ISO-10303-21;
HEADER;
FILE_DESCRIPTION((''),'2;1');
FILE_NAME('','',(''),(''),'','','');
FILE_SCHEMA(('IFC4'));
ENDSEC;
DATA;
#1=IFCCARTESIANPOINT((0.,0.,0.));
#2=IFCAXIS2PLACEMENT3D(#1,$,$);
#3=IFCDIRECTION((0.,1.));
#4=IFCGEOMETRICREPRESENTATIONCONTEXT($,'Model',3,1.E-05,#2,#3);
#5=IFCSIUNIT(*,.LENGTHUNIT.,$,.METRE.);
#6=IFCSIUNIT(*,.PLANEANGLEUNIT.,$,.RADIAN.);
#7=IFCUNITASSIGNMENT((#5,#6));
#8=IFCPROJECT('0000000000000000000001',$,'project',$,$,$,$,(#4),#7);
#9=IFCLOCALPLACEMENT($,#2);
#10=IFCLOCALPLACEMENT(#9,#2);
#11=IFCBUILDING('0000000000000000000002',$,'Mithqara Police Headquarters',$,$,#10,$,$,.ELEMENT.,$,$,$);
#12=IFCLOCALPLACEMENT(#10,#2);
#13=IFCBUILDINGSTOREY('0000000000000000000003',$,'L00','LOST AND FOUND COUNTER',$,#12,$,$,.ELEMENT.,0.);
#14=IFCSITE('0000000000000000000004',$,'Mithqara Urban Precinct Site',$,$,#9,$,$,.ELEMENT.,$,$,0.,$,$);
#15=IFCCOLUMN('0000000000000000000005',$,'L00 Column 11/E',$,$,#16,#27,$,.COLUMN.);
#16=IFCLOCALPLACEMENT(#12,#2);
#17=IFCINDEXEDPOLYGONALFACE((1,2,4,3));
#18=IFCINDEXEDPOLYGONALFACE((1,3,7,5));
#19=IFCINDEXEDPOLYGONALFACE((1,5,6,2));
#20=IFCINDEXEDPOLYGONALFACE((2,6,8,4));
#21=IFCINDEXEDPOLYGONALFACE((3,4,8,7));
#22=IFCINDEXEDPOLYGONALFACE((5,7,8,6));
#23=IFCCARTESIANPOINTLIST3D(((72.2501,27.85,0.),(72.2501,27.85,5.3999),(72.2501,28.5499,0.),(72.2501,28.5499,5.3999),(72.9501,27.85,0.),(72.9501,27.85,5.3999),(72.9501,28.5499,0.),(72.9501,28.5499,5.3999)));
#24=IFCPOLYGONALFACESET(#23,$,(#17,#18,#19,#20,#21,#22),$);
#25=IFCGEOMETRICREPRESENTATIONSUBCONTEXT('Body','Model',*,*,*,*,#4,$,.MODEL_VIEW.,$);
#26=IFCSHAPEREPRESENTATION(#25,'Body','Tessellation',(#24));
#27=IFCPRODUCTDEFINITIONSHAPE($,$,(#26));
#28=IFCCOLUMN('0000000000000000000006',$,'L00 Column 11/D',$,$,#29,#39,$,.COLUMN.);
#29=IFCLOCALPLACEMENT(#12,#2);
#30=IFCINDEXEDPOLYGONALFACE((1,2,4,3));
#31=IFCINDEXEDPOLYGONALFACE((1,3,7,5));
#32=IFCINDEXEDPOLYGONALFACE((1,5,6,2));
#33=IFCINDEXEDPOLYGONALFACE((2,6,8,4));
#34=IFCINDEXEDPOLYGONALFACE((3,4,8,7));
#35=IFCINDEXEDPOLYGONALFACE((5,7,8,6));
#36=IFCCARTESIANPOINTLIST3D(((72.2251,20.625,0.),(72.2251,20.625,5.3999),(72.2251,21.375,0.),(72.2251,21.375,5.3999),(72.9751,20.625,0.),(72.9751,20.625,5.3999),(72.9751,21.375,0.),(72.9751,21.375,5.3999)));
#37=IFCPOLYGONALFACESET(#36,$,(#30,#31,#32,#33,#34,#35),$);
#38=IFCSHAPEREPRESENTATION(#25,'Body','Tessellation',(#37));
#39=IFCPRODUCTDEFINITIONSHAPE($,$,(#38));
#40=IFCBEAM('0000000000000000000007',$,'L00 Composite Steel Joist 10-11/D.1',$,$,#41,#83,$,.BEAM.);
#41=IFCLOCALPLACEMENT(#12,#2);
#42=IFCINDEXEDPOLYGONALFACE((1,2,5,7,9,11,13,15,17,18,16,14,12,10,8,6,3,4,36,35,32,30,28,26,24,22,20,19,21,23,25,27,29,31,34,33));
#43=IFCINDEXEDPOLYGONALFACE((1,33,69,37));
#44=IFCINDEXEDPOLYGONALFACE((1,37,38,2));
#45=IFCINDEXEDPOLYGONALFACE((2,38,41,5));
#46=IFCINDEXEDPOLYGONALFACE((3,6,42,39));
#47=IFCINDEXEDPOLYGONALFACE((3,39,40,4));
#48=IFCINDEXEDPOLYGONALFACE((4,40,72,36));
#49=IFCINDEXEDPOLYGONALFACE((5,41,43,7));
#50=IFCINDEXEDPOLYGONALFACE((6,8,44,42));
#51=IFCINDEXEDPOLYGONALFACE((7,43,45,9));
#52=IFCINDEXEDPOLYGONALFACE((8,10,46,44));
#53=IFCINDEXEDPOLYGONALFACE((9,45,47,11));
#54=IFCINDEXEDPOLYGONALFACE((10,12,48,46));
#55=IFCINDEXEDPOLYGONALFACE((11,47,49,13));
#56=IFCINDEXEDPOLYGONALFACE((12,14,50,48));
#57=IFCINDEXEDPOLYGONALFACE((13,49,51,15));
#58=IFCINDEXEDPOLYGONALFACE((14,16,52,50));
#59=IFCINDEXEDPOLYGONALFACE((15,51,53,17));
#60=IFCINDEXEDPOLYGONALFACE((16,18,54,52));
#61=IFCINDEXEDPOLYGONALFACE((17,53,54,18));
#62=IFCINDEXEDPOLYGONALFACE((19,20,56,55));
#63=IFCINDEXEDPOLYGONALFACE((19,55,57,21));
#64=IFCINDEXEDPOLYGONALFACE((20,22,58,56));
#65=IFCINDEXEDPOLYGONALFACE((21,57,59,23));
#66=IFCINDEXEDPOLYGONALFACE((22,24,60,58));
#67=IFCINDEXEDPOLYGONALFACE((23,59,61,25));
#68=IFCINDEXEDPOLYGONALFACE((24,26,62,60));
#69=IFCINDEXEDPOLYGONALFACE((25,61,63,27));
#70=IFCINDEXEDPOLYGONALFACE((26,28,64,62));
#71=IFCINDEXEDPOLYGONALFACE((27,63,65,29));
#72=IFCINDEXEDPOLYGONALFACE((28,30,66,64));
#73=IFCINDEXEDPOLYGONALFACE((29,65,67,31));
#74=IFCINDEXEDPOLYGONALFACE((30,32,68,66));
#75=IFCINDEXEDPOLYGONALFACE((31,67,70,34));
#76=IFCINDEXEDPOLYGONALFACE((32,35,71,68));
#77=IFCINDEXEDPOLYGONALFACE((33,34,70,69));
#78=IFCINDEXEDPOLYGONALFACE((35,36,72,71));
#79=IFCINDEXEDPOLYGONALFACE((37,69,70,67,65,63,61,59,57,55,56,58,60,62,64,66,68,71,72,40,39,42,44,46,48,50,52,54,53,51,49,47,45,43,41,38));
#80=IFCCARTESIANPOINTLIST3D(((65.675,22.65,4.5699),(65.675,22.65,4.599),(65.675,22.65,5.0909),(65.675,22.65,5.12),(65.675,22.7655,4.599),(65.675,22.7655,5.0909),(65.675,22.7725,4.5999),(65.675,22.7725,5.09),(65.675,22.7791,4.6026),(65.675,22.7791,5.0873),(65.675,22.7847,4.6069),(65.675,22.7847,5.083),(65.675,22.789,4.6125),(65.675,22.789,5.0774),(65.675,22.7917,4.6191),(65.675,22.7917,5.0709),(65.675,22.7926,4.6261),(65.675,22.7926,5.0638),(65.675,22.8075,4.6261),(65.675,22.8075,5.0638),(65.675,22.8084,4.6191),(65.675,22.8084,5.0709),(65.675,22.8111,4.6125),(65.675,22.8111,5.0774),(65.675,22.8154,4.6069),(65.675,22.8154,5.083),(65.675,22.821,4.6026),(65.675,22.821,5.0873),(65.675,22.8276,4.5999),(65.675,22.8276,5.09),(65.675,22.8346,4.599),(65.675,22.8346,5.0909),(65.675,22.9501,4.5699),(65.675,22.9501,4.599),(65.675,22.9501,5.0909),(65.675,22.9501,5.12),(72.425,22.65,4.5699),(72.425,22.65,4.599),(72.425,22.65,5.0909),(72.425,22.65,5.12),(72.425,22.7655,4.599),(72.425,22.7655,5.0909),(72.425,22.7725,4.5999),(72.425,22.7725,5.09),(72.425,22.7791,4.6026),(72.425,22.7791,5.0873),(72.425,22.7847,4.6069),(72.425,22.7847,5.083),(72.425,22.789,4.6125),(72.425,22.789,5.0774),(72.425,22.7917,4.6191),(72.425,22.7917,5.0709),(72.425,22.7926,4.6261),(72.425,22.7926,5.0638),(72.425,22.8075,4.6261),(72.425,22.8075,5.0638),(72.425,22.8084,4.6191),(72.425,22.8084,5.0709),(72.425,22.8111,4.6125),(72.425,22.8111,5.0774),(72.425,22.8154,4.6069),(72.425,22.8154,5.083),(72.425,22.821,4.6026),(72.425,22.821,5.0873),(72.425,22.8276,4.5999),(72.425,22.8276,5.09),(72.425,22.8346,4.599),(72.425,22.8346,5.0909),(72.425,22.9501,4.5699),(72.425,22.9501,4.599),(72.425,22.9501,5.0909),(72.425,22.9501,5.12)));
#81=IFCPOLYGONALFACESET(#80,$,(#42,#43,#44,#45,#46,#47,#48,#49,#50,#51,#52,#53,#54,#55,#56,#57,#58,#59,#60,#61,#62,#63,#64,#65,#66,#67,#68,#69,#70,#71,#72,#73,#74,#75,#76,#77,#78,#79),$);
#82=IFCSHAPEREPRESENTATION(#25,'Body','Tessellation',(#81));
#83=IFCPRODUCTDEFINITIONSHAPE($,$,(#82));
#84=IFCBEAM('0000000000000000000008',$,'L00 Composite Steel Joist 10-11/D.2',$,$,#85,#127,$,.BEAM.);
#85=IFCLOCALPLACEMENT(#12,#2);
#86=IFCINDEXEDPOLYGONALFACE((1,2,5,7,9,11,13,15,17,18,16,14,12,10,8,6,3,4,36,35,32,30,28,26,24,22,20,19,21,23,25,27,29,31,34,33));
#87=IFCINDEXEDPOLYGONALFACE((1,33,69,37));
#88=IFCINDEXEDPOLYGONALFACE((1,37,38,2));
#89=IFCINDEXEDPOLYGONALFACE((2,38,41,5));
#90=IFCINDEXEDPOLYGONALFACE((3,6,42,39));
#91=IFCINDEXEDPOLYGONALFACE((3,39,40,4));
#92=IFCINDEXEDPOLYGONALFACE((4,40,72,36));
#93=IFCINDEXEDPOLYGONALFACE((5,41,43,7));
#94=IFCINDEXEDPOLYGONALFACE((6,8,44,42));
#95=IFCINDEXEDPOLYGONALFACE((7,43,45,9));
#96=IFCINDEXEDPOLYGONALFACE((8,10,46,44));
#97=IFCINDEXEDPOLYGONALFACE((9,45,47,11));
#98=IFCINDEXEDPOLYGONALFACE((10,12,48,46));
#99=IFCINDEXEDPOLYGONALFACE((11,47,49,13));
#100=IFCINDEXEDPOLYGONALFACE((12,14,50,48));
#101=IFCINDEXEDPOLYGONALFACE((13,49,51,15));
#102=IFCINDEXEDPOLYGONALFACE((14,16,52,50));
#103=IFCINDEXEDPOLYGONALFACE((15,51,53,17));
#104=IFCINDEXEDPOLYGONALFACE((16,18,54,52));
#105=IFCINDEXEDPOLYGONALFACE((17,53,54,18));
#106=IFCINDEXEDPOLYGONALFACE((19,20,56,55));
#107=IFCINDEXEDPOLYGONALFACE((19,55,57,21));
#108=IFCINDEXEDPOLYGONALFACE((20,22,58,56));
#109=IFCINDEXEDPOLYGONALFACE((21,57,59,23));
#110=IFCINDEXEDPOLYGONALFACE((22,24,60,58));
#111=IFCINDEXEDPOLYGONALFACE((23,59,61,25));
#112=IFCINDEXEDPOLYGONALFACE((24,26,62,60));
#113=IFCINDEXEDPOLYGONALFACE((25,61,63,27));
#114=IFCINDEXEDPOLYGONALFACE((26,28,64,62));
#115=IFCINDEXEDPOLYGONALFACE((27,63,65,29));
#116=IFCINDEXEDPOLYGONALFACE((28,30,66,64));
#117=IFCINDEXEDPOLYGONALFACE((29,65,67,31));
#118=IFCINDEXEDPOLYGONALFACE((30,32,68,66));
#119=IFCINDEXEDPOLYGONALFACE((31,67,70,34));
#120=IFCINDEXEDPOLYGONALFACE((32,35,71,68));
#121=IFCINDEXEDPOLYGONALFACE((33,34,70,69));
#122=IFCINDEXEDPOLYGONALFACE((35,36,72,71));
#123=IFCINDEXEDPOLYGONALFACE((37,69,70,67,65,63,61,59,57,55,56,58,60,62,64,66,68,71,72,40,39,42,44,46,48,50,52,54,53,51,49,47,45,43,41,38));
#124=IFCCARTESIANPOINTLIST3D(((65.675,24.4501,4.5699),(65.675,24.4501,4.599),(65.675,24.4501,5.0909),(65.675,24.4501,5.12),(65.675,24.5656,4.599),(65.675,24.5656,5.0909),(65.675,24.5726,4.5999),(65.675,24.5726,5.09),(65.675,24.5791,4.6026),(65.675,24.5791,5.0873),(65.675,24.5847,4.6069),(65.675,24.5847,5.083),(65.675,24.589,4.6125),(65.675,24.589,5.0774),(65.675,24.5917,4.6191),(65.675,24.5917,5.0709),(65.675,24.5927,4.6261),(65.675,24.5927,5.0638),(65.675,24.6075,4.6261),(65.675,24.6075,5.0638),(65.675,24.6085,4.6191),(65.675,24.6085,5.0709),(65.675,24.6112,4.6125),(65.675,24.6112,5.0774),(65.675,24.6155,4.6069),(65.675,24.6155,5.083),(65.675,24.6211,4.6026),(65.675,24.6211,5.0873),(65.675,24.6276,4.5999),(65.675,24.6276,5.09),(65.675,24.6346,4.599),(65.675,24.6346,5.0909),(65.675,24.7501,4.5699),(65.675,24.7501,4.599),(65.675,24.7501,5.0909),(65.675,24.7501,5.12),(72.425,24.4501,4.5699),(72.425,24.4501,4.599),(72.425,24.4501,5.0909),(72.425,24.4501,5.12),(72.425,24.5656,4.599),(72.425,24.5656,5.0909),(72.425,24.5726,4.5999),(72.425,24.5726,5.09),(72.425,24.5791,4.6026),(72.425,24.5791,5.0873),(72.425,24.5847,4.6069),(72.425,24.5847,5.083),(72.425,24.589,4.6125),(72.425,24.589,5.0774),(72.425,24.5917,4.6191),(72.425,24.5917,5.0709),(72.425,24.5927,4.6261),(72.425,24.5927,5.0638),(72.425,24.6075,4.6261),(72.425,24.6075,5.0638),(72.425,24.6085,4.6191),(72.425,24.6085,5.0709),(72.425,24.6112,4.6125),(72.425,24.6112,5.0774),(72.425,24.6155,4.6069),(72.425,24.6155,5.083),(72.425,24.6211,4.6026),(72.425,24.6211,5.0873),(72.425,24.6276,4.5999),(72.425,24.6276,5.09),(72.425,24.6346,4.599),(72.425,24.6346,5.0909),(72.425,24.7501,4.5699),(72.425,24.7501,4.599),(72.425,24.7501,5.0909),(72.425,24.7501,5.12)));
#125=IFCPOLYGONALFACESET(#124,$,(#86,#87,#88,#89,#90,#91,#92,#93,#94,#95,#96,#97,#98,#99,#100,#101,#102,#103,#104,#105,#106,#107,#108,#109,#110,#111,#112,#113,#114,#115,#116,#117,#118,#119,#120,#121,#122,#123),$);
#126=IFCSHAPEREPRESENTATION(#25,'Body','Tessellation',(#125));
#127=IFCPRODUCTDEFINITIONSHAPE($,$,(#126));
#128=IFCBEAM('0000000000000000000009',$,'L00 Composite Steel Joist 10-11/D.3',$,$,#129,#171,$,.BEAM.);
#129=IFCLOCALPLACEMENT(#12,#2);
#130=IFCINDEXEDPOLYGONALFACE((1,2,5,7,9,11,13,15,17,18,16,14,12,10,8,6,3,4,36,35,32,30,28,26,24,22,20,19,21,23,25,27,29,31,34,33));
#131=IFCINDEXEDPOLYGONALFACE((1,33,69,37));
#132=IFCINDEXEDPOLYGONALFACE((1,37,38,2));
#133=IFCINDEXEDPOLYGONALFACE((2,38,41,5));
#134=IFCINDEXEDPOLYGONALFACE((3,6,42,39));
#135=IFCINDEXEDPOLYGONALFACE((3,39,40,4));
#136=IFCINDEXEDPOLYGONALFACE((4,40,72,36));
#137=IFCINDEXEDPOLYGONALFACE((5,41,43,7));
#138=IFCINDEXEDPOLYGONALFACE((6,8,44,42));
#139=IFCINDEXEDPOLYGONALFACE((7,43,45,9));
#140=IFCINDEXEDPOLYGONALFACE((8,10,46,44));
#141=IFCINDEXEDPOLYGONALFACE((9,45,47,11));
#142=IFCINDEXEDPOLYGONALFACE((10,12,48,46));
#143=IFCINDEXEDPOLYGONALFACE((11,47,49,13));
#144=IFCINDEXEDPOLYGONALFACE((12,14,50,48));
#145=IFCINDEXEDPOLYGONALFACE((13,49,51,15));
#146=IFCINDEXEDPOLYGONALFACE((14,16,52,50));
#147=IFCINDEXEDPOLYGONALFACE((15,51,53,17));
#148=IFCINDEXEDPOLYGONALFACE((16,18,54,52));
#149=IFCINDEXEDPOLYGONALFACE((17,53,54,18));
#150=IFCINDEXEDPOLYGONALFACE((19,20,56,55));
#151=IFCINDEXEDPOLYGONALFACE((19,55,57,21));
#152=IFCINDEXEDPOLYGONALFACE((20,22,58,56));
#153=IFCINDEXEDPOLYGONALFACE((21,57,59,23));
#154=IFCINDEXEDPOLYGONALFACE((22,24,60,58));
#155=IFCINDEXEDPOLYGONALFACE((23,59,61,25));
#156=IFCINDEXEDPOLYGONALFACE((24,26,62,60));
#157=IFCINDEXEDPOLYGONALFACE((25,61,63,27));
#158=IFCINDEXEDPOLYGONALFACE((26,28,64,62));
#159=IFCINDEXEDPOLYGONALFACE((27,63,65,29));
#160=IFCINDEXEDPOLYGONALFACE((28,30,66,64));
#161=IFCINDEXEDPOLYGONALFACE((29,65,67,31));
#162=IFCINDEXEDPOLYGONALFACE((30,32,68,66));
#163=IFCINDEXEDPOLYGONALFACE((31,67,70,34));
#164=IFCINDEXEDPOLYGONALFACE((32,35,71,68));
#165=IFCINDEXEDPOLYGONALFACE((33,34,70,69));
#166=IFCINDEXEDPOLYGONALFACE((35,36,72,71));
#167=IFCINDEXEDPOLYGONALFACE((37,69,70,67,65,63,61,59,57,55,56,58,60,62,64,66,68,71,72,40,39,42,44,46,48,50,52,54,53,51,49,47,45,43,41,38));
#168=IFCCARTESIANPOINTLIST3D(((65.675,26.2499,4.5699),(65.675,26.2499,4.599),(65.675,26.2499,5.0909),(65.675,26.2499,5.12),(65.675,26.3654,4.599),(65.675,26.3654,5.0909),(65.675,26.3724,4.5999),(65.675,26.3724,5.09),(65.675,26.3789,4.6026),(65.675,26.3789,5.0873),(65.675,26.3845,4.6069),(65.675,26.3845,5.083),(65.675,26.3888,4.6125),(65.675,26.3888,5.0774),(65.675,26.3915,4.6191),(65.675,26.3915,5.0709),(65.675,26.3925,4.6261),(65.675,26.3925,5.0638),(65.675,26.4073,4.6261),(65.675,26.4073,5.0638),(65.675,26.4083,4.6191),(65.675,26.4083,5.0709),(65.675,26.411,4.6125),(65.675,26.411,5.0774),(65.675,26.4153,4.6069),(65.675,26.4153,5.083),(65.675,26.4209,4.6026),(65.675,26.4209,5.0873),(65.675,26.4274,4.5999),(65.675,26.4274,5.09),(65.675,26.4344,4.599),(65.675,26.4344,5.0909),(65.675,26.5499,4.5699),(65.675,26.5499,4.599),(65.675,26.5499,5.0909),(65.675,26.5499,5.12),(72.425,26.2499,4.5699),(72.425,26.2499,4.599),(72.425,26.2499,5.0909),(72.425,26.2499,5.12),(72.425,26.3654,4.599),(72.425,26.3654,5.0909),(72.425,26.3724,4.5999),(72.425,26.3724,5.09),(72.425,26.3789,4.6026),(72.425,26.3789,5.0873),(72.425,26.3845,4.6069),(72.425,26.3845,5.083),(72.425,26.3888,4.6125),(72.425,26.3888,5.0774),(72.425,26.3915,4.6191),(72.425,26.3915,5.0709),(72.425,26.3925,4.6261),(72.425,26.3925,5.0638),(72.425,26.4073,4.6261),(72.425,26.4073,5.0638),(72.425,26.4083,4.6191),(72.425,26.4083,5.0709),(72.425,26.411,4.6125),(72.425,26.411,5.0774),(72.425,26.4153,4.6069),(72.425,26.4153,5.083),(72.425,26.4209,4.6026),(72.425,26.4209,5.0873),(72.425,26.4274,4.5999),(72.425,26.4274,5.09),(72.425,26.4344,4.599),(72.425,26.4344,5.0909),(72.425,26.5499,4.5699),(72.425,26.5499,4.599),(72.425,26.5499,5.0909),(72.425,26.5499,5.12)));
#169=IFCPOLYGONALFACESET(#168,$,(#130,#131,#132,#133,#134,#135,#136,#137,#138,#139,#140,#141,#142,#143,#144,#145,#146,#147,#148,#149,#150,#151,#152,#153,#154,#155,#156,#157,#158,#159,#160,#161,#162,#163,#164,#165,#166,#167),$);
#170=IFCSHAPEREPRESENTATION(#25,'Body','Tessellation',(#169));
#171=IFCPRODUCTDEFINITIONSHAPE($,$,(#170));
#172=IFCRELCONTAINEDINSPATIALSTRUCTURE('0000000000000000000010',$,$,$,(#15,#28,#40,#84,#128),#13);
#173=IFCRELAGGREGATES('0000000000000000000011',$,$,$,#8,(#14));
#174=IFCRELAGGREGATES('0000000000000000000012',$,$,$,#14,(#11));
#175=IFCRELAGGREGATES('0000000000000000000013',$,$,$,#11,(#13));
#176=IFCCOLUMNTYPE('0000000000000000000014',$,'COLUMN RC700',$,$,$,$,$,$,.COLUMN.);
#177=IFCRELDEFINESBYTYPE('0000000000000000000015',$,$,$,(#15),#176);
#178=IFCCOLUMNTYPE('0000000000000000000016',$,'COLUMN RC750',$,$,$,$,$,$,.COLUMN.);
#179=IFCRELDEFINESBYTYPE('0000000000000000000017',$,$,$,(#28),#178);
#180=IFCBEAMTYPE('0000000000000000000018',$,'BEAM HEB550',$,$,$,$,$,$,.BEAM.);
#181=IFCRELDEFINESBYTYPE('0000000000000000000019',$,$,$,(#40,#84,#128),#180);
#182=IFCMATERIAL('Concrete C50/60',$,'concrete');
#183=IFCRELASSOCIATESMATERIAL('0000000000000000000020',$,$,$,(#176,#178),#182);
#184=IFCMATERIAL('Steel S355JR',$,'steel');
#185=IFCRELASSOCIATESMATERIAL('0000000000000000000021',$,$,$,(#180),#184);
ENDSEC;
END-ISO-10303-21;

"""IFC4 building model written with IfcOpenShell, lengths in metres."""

from ifc_helpers import new_model, si_unit, direction, frame, origin, origin_2d, place, context, subcontext, project, spatial, rectangle, i_section, extrude, material, material_profile, profile_set, type_object, element, save


model = new_model("IFC4")

# Units and contexts
model_context = context("Model", 3, precision=1e-05, world=origin(), true_north=direction((0.0, 1.0)))
body_context = subcontext(model_context, "Body", "Model", "MODEL_VIEW")
ifc_project = project(units=[si_unit("LENGTHUNIT", "METRE"), si_unit("PLANEANGLEUNIT", "RADIAN")], contexts=[model_context])

# Site, building, storey
site_placement = place(None, origin())
site = spatial("IfcSite", under=ifc_project, at=site_placement, Name="Mithqara Urban Precinct Site", CompositionType="ELEMENT", RefElevation=0.0)
building_placement = place(site_placement, origin())
building = spatial("IfcBuilding", under=site, at=building_placement, Name="Mithqara Police Headquarters", CompositionType="ELEMENT")
storey_placement = place(building_placement, origin())
storey = spatial("IfcBuildingStorey", under=building, at=storey_placement, Name="L00", Description="LOST AND FOUND COUNTER", CompositionType="ELEMENT", Elevation=0.0)

# Columns
ifc_material_1 = material(Name="Concrete C50/60", Category="concrete")
ifc_material_profile_1 = material_profile(ifc_material_1, rectangle(XDim=0.7, YDim=0.7, at=origin_2d()), Name="RC 700x700")
ifc_profile_set_1 = profile_set([ifc_material_profile_1], Name="Concrete C50/60")
column_type_1 = type_object("IfcColumnType", Name="COLUMN RC700", PredefinedType="COLUMN", material=ifc_profile_set_1)
column_1_placement = place(storey_placement, frame((72.6001, 28.2, 0.0), z_axis=(0.0, 0.0, 1.0), x_axis=(1.0, 0.0, 0.0)))
element("IfcColumn", 1, at=column_1_placement, inside=storey, type_object=column_type_1, Name="L00 Column 11/E", PredefinedType="COLUMN", context=body_context, shape_type="SweptSolid", body=[
    extrude(rectangle(XDim=0.7, YDim=0.7, at=origin_2d()), origin(), (0.0, 0.0, 1.0), 5.3999),
])
ifc_material_profile_2 = material_profile(ifc_material_1, rectangle(XDim=0.75, YDim=0.75, at=origin_2d()), Name="RC 750x750")
ifc_profile_set_2 = profile_set([ifc_material_profile_2], Name="Concrete C50/60")
column_type_2 = type_object("IfcColumnType", Name="COLUMN RC750", PredefinedType="COLUMN", material=ifc_profile_set_2)
column_2_placement = place(storey_placement, frame((72.6001, 21.0, 0.0), z_axis=(0.0, 0.0, 1.0), x_axis=(1.0, 0.0, 0.0)))
element("IfcColumn", 2, at=column_2_placement, inside=storey, type_object=column_type_2, Name="L00 Column 11/D", PredefinedType="COLUMN", context=body_context, shape_type="SweptSolid", body=[
    extrude(rectangle(XDim=0.75, YDim=0.75, at=origin_2d()), origin(), (0.0, 0.0, 1.0), 5.3999),
])

# Beams
ifc_material_2 = material(Name="Steel S355JR", Category="steel")
ifc_material_profile_3 = material_profile(ifc_material_2, i_section(OverallWidth=0.3, OverallDepth=0.55, WebThickness=0.0149, FlangeThickness=0.0291, FilletRadius=0.0271, at=origin_2d()), Name="HEB 550")
ifc_profile_set_3 = profile_set([ifc_material_profile_3], Name="Steel S355JR")
beam_type_1 = type_object("IfcBeamType", Name="BEAM HEB550", PredefinedType="BEAM", material=ifc_profile_set_3)
for number, where, z_axis, x_axis, name in (
    (3, (65.675, 22.8, 4.845), (1.0, 0.0, 0.0), (0.0, 1.0, 0.0), "L00 Composite Steel Joist 10-11/D.1"),
    (4, (65.675, 24.6001, 4.845), (1.0, 0.0, 0.0), (0.0, 1.0, 0.0), "L00 Composite Steel Joist 10-11/D.2"),
    (5, (65.675, 26.3999, 4.845), (1.0, 0.0, 0.0), (0.0, 1.0, 0.0), "L00 Composite Steel Joist 10-11/D.3"),
):
    element("IfcBeam", number, at=place(storey_placement, frame(where, z_axis=z_axis, x_axis=x_axis)), inside=storey, type_object=beam_type_1, Name=name, PredefinedType="BEAM", context=body_context, shape_type="SweptSolid", body=[
        extrude(i_section(OverallWidth=0.3, OverallDepth=0.55, WebThickness=0.0149, FlangeThickness=0.0291, FilletRadius=0.0271, at=origin_2d()), origin(), (0.0, 0.0, 1.0), 6.75),
    ])

save(model, "model.ifc")
